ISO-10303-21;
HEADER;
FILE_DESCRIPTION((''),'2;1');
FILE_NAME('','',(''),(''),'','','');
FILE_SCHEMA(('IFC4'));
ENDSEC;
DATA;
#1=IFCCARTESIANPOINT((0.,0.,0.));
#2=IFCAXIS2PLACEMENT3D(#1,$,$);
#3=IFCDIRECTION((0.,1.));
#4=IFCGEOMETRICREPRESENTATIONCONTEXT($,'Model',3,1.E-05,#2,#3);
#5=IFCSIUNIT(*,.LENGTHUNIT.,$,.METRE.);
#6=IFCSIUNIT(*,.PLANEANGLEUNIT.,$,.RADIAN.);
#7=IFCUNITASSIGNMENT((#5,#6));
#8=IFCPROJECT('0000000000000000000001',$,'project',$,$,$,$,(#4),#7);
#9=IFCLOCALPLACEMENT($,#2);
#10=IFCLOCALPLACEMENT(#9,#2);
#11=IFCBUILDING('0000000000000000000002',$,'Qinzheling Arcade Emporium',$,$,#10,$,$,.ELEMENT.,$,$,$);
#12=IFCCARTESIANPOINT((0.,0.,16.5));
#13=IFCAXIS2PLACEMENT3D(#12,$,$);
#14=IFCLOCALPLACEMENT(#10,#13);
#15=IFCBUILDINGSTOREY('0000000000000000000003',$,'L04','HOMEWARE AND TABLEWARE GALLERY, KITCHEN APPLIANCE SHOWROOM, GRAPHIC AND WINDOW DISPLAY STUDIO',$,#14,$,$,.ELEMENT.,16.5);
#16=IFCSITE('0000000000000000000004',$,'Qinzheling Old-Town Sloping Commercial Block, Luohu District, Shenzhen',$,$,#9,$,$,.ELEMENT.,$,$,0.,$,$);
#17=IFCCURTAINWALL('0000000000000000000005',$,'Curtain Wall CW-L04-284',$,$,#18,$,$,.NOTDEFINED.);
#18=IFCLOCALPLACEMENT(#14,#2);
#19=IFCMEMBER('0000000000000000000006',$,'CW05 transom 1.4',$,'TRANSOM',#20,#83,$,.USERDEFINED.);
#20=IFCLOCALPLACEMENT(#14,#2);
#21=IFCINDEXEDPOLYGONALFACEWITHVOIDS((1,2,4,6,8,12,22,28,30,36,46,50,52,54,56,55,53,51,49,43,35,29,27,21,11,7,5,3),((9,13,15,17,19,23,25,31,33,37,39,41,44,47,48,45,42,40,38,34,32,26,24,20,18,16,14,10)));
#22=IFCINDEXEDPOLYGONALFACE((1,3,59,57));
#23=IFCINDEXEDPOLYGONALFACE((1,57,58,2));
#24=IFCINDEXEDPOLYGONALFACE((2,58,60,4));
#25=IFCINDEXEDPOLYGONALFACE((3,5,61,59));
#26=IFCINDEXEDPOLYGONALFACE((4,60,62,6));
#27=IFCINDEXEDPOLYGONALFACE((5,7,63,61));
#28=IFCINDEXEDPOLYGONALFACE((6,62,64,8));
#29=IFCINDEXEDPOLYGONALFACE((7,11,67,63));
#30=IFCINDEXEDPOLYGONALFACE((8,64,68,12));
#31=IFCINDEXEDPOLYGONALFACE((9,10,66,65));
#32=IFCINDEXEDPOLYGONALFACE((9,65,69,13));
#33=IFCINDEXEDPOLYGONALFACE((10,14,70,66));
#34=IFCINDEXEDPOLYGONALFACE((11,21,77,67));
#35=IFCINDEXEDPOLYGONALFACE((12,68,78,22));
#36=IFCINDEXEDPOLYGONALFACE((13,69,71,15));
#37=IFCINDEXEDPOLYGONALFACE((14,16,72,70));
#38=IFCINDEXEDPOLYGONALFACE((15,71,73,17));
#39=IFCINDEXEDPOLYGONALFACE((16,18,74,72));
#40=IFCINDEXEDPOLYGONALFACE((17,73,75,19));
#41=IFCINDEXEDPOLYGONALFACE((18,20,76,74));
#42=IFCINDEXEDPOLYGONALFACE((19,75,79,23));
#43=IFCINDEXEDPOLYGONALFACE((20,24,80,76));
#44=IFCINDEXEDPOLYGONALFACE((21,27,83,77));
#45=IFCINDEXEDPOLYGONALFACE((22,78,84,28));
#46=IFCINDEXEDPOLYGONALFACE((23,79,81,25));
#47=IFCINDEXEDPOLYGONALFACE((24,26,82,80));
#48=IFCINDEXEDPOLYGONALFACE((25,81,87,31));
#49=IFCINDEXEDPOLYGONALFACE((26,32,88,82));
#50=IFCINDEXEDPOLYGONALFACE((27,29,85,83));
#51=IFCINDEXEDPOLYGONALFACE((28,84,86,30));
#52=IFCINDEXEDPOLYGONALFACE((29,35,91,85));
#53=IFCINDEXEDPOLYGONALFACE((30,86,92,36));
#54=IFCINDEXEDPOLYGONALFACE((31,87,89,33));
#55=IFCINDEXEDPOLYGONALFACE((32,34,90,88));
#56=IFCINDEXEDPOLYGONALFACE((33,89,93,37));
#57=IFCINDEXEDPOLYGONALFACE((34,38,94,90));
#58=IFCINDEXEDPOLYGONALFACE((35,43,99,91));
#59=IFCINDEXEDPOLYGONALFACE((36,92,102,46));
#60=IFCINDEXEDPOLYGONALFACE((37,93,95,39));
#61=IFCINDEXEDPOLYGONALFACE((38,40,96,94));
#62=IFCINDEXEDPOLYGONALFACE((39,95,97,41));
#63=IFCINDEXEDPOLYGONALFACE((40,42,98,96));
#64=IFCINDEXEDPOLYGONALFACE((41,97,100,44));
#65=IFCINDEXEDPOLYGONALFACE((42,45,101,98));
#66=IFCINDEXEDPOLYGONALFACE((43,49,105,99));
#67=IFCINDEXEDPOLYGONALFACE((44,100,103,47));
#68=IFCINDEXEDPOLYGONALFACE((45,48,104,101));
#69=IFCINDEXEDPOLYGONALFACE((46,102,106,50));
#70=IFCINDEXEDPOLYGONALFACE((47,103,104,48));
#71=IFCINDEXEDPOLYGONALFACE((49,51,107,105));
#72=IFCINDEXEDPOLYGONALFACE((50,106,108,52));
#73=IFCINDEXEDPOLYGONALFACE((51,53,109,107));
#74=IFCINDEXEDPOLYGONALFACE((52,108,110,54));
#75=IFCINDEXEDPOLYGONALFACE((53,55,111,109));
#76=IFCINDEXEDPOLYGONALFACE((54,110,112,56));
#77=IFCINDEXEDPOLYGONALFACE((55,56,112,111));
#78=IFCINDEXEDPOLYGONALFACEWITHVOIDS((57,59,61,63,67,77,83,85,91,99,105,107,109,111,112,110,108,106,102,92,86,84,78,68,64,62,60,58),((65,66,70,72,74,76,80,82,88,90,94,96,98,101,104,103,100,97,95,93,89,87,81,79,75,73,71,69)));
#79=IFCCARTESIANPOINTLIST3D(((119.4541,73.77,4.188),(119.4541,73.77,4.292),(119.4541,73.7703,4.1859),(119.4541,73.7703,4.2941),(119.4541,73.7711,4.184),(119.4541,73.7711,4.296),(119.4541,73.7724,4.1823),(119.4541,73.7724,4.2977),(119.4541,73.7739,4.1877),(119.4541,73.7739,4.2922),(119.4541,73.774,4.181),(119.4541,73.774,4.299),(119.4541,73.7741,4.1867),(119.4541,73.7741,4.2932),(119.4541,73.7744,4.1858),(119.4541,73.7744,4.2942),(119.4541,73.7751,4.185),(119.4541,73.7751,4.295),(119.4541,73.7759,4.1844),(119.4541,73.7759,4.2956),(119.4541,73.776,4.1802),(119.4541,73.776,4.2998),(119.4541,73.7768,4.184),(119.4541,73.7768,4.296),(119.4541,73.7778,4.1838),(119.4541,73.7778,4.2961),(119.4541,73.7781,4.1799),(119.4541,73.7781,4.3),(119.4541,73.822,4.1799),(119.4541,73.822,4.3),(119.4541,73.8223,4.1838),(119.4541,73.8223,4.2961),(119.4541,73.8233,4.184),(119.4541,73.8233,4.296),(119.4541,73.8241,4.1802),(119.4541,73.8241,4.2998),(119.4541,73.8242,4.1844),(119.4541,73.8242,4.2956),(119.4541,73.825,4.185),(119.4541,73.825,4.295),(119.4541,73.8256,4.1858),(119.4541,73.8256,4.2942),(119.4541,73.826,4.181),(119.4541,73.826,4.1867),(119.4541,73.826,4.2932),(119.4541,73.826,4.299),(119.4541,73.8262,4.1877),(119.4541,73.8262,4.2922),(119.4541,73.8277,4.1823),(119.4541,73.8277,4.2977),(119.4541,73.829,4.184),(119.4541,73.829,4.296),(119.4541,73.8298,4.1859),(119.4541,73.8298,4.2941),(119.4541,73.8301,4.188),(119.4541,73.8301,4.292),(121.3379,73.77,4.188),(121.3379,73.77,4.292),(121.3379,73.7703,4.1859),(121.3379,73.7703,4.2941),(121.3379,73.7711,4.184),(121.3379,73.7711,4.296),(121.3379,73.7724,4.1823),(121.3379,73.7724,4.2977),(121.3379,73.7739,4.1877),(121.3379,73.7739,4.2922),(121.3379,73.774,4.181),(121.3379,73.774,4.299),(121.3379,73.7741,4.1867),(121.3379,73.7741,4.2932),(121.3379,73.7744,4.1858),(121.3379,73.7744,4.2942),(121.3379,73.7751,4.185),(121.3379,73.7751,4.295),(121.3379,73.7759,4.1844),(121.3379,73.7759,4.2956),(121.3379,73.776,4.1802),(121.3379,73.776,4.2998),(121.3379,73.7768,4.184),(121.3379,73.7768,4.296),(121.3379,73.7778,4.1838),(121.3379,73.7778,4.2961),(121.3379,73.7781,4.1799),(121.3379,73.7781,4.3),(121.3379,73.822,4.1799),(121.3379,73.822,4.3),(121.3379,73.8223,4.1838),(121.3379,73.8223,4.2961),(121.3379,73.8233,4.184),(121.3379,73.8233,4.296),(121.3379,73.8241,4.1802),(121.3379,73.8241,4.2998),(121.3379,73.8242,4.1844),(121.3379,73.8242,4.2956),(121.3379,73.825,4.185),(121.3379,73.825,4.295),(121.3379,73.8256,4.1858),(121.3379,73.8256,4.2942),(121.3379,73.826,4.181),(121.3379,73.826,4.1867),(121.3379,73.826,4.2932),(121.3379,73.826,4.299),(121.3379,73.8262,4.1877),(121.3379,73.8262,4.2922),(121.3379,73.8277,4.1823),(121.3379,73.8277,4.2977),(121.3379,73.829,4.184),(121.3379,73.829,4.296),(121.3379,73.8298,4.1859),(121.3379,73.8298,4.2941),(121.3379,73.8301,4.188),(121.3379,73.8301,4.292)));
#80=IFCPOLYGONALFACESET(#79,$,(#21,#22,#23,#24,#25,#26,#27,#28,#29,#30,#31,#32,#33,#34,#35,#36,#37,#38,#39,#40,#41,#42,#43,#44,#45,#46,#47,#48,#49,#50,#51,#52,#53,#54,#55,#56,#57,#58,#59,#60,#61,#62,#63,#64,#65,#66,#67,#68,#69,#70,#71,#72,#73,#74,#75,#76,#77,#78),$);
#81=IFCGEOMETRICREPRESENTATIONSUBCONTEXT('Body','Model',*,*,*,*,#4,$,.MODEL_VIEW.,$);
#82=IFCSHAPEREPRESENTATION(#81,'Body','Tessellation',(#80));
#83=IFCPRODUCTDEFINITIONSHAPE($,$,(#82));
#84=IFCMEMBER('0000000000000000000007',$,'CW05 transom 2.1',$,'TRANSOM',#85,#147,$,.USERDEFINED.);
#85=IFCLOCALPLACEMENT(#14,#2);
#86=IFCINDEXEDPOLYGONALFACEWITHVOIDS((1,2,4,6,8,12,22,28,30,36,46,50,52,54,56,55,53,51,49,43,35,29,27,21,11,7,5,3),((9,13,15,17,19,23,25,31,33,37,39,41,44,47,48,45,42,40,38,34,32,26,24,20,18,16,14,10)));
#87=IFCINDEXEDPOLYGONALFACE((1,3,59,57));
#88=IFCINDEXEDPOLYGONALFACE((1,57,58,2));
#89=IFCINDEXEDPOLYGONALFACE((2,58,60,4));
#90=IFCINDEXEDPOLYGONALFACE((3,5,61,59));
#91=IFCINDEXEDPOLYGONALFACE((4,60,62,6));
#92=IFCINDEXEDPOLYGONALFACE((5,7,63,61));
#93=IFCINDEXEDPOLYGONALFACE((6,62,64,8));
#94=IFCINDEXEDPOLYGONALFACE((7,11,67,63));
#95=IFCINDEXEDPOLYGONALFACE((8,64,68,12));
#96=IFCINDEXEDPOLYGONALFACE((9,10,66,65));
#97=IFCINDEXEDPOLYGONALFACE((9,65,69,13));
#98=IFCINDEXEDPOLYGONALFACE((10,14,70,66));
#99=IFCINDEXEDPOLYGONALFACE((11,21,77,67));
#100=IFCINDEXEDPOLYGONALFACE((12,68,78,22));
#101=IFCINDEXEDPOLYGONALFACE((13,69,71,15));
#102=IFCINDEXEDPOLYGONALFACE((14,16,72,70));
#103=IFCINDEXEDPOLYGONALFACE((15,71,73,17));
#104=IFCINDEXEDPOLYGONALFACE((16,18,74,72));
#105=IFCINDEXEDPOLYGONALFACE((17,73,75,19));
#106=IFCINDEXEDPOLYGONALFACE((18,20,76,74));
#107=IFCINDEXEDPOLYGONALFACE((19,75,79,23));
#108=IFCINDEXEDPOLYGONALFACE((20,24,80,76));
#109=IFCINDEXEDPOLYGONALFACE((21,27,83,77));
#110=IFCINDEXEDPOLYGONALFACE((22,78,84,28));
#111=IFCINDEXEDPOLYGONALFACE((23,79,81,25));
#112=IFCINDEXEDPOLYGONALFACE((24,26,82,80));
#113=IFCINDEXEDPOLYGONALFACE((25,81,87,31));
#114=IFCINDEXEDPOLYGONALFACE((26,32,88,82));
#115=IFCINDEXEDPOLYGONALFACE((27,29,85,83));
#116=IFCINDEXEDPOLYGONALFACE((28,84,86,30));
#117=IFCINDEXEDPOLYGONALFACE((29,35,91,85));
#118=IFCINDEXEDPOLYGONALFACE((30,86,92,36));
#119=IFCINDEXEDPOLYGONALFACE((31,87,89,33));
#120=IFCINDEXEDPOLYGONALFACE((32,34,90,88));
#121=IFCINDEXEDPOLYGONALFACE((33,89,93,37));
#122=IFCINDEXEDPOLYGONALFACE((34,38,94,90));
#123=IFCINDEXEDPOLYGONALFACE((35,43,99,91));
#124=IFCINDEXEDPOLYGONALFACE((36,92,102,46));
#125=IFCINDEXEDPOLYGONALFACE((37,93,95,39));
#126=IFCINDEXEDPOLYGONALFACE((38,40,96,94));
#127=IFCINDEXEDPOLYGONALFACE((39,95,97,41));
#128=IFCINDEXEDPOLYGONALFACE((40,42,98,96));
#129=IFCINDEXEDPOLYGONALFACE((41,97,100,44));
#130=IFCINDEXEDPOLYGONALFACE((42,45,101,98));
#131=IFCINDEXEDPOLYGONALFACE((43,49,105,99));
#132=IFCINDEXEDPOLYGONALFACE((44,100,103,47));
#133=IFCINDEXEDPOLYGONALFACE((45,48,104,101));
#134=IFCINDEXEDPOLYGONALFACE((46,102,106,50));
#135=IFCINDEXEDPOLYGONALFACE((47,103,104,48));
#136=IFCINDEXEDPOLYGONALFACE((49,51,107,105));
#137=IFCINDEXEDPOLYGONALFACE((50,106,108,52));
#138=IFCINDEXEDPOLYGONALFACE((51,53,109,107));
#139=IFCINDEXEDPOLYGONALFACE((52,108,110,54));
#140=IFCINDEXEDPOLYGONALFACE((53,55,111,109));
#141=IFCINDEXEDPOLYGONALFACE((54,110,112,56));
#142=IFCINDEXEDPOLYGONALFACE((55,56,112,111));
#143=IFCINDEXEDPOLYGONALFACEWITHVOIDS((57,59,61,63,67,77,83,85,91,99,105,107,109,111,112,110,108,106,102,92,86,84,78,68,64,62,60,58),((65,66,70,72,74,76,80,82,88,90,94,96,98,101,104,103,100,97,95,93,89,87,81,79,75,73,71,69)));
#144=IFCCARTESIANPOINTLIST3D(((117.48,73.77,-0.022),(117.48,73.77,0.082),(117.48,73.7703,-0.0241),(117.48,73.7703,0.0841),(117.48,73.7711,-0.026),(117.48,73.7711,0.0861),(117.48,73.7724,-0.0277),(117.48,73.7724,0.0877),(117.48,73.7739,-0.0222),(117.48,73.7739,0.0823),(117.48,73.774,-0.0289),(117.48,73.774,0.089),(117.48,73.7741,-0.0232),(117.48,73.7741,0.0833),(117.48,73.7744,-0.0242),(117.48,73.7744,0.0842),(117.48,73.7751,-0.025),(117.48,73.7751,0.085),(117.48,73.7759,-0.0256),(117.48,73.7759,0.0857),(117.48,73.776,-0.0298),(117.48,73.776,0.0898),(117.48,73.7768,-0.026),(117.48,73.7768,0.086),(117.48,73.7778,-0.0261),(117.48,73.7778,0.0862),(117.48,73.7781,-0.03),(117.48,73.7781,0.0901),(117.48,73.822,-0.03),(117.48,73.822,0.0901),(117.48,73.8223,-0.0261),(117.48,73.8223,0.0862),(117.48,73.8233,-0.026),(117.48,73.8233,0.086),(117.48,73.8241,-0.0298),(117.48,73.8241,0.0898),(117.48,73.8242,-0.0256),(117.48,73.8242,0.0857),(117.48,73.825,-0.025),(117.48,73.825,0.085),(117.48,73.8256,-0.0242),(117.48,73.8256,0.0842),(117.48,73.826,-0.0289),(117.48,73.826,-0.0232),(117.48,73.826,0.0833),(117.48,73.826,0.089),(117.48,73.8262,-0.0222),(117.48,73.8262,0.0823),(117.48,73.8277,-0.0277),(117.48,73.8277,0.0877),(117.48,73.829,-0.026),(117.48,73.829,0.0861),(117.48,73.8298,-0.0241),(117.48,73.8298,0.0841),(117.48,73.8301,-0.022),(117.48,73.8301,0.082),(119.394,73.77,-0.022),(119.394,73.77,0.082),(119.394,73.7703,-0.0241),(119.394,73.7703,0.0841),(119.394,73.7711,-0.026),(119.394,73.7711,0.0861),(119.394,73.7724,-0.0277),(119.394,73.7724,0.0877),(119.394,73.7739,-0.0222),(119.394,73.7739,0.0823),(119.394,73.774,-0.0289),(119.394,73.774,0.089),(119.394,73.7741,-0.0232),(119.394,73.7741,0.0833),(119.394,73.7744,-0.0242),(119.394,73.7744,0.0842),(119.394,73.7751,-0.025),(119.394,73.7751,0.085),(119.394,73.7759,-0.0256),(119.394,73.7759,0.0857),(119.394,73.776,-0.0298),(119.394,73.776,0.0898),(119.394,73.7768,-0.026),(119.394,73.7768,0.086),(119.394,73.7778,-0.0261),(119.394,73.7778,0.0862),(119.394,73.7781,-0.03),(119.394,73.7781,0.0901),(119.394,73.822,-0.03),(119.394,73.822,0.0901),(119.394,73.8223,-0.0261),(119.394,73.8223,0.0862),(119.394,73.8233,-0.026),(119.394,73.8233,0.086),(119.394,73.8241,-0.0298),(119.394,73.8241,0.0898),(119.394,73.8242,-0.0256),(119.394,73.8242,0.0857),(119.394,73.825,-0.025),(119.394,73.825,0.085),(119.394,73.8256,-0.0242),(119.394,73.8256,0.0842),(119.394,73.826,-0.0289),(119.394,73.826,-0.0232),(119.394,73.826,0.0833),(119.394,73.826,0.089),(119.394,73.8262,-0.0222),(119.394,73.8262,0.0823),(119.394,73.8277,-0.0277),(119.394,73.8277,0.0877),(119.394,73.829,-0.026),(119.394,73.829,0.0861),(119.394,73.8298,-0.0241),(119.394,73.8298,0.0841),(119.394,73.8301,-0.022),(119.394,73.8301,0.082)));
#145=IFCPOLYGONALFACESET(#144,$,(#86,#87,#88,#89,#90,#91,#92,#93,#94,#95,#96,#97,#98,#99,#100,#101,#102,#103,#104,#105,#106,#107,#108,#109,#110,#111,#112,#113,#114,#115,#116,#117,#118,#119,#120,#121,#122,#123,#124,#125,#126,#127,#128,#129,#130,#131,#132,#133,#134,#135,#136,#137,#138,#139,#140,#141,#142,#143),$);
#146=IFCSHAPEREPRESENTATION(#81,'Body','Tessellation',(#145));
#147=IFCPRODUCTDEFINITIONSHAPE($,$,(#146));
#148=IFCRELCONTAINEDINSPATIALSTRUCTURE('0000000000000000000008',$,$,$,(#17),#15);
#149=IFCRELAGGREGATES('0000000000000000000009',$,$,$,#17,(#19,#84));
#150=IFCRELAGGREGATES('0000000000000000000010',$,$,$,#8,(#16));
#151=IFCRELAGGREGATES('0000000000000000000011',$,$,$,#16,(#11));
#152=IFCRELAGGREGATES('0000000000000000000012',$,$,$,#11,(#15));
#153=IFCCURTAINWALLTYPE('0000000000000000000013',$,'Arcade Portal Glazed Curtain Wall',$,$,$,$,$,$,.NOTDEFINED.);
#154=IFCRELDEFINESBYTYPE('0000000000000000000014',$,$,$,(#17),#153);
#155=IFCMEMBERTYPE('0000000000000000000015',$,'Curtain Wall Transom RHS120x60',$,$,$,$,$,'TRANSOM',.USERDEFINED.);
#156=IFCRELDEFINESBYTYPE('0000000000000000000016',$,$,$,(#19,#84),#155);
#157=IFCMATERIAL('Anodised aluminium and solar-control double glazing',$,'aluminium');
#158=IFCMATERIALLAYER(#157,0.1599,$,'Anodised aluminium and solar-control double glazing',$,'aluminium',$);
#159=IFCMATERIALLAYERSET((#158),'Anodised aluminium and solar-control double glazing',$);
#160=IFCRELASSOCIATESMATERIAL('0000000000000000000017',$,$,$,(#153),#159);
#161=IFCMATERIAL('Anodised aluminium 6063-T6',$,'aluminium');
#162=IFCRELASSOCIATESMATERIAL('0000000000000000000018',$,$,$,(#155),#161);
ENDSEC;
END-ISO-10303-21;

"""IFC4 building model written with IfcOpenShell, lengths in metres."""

from ifc_helpers import new_model, si_unit, direction, frame, origin, origin_2d, place, context, subcontext, project, spatial, hollow_rectangle, extrude, material, layer, layer_set, material_profile, profile_set, type_object, element, aggregate, save


model = new_model("IFC4")

# Units and contexts
model_context = context("Model", 3, precision=1e-05, world=origin(), true_north=direction((0.0, 1.0)))
body_context = subcontext(model_context, "Body", "Model", "MODEL_VIEW")
ifc_project = project(units=[si_unit("LENGTHUNIT", "METRE"), si_unit("PLANEANGLEUNIT", "RADIAN")], contexts=[model_context])

# Site, building, storey
site_placement = place(None, origin())
site = spatial("IfcSite", under=ifc_project, at=site_placement, Name="Qinzheling Old-Town Sloping Commercial Block, Luohu District, Shenzhen", CompositionType="ELEMENT", RefElevation=0.0)
building_placement = place(site_placement, origin())
building = spatial("IfcBuilding", under=site, at=building_placement, Name="Qinzheling Arcade Emporium", CompositionType="ELEMENT")
storey_placement = place(building_placement, frame((0.0, 0.0, 16.5)))
storey = spatial("IfcBuildingStorey", under=building, at=storey_placement, Name="L04", Description="HOMEWARE AND TABLEWARE GALLERY, KITCHEN APPLIANCE SHOWROOM, GRAPHIC AND WINDOW DISPLAY STUDIO", CompositionType="ELEMENT", Elevation=16.5)

# Curtain wall, members
ifc_material_1 = material(Name="Anodised aluminium and solar-control double glazing", Category="aluminium")
ifc_layer_1 = layer(ifc_material_1, 0.1599, Name="Anodised aluminium and solar-control double glazing", Category="aluminium")
ifc_layer_set_1 = layer_set([ifc_layer_1], Name="Anodised aluminium and solar-control double glazing")
curtain_wall_type = type_object("IfcCurtainWallType", Name="Arcade Portal Glazed Curtain Wall", PredefinedType="NOTDEFINED", material=ifc_layer_set_1)
curtain_wall_placement = place(storey_placement, origin())
curtain_wall = element("IfcCurtainWall", 1, at=curtain_wall_placement, inside=storey, type_object=curtain_wall_type, Name="Curtain Wall CW-L04-284", PredefinedType="NOTDEFINED")
ifc_material_2 = material(Name="Anodised aluminium 6063-T6", Category="aluminium")
ifc_material_profile_1 = material_profile(ifc_material_2, hollow_rectangle(XDim=0.0601, YDim=0.1201, WallThickness=0.0039, InnerFilletRadius=0.0039, OuterFilletRadius=0.0081, at=origin_2d()), Name="RHS 120x60x4", Category="aluminium")
ifc_profile_set_1 = profile_set([ifc_material_profile_1], Name="Anodised aluminium 6063-T6")
member_type_1 = type_object("IfcMemberType", Name="Curtain Wall Transom RHS120x60", ElementType="TRANSOM", PredefinedType="USERDEFINED", material=ifc_profile_set_1)
member_1_placement = place(storey_placement, frame((121.3379, 73.8, 4.24), z_axis=(-1.0, 0.0, 0.0), x_axis=(0.0, -1.0, 0.0)))
member_1 = element("IfcMember", 2, at=member_1_placement, type_object=member_type_1, Name="CW05 transom 1.4", ObjectType="TRANSOM", PredefinedType="USERDEFINED", context=body_context, shape_type="SweptSolid", body=[
    extrude(hollow_rectangle(XDim=0.0601, YDim=0.1201, WallThickness=0.0039, InnerFilletRadius=0.0039, OuterFilletRadius=0.0081, at=origin_2d()), origin(), (0.0, 0.0, 1.0), 1.8838),
])
member_2_placement = place(storey_placement, frame((119.394, 73.8, 0.03), z_axis=(-1.0, 0.0, 0.0), x_axis=(0.0, -1.0, 0.0)))
member_2 = element("IfcMember", 3, at=member_2_placement, type_object=member_type_1, Name="CW05 transom 2.1", ObjectType="TRANSOM", PredefinedType="USERDEFINED", context=body_context, shape_type="SweptSolid", body=[
    extrude(hollow_rectangle(XDim=0.0601, YDim=0.1201, WallThickness=0.0039, InnerFilletRadius=0.0039, OuterFilletRadius=0.0081, at=origin_2d()), origin(), (0.0, 0.0, 1.0), 1.9141),
])

aggregate(curtain_wall, [member_1, member_2])

save(model, "model.ifc")
